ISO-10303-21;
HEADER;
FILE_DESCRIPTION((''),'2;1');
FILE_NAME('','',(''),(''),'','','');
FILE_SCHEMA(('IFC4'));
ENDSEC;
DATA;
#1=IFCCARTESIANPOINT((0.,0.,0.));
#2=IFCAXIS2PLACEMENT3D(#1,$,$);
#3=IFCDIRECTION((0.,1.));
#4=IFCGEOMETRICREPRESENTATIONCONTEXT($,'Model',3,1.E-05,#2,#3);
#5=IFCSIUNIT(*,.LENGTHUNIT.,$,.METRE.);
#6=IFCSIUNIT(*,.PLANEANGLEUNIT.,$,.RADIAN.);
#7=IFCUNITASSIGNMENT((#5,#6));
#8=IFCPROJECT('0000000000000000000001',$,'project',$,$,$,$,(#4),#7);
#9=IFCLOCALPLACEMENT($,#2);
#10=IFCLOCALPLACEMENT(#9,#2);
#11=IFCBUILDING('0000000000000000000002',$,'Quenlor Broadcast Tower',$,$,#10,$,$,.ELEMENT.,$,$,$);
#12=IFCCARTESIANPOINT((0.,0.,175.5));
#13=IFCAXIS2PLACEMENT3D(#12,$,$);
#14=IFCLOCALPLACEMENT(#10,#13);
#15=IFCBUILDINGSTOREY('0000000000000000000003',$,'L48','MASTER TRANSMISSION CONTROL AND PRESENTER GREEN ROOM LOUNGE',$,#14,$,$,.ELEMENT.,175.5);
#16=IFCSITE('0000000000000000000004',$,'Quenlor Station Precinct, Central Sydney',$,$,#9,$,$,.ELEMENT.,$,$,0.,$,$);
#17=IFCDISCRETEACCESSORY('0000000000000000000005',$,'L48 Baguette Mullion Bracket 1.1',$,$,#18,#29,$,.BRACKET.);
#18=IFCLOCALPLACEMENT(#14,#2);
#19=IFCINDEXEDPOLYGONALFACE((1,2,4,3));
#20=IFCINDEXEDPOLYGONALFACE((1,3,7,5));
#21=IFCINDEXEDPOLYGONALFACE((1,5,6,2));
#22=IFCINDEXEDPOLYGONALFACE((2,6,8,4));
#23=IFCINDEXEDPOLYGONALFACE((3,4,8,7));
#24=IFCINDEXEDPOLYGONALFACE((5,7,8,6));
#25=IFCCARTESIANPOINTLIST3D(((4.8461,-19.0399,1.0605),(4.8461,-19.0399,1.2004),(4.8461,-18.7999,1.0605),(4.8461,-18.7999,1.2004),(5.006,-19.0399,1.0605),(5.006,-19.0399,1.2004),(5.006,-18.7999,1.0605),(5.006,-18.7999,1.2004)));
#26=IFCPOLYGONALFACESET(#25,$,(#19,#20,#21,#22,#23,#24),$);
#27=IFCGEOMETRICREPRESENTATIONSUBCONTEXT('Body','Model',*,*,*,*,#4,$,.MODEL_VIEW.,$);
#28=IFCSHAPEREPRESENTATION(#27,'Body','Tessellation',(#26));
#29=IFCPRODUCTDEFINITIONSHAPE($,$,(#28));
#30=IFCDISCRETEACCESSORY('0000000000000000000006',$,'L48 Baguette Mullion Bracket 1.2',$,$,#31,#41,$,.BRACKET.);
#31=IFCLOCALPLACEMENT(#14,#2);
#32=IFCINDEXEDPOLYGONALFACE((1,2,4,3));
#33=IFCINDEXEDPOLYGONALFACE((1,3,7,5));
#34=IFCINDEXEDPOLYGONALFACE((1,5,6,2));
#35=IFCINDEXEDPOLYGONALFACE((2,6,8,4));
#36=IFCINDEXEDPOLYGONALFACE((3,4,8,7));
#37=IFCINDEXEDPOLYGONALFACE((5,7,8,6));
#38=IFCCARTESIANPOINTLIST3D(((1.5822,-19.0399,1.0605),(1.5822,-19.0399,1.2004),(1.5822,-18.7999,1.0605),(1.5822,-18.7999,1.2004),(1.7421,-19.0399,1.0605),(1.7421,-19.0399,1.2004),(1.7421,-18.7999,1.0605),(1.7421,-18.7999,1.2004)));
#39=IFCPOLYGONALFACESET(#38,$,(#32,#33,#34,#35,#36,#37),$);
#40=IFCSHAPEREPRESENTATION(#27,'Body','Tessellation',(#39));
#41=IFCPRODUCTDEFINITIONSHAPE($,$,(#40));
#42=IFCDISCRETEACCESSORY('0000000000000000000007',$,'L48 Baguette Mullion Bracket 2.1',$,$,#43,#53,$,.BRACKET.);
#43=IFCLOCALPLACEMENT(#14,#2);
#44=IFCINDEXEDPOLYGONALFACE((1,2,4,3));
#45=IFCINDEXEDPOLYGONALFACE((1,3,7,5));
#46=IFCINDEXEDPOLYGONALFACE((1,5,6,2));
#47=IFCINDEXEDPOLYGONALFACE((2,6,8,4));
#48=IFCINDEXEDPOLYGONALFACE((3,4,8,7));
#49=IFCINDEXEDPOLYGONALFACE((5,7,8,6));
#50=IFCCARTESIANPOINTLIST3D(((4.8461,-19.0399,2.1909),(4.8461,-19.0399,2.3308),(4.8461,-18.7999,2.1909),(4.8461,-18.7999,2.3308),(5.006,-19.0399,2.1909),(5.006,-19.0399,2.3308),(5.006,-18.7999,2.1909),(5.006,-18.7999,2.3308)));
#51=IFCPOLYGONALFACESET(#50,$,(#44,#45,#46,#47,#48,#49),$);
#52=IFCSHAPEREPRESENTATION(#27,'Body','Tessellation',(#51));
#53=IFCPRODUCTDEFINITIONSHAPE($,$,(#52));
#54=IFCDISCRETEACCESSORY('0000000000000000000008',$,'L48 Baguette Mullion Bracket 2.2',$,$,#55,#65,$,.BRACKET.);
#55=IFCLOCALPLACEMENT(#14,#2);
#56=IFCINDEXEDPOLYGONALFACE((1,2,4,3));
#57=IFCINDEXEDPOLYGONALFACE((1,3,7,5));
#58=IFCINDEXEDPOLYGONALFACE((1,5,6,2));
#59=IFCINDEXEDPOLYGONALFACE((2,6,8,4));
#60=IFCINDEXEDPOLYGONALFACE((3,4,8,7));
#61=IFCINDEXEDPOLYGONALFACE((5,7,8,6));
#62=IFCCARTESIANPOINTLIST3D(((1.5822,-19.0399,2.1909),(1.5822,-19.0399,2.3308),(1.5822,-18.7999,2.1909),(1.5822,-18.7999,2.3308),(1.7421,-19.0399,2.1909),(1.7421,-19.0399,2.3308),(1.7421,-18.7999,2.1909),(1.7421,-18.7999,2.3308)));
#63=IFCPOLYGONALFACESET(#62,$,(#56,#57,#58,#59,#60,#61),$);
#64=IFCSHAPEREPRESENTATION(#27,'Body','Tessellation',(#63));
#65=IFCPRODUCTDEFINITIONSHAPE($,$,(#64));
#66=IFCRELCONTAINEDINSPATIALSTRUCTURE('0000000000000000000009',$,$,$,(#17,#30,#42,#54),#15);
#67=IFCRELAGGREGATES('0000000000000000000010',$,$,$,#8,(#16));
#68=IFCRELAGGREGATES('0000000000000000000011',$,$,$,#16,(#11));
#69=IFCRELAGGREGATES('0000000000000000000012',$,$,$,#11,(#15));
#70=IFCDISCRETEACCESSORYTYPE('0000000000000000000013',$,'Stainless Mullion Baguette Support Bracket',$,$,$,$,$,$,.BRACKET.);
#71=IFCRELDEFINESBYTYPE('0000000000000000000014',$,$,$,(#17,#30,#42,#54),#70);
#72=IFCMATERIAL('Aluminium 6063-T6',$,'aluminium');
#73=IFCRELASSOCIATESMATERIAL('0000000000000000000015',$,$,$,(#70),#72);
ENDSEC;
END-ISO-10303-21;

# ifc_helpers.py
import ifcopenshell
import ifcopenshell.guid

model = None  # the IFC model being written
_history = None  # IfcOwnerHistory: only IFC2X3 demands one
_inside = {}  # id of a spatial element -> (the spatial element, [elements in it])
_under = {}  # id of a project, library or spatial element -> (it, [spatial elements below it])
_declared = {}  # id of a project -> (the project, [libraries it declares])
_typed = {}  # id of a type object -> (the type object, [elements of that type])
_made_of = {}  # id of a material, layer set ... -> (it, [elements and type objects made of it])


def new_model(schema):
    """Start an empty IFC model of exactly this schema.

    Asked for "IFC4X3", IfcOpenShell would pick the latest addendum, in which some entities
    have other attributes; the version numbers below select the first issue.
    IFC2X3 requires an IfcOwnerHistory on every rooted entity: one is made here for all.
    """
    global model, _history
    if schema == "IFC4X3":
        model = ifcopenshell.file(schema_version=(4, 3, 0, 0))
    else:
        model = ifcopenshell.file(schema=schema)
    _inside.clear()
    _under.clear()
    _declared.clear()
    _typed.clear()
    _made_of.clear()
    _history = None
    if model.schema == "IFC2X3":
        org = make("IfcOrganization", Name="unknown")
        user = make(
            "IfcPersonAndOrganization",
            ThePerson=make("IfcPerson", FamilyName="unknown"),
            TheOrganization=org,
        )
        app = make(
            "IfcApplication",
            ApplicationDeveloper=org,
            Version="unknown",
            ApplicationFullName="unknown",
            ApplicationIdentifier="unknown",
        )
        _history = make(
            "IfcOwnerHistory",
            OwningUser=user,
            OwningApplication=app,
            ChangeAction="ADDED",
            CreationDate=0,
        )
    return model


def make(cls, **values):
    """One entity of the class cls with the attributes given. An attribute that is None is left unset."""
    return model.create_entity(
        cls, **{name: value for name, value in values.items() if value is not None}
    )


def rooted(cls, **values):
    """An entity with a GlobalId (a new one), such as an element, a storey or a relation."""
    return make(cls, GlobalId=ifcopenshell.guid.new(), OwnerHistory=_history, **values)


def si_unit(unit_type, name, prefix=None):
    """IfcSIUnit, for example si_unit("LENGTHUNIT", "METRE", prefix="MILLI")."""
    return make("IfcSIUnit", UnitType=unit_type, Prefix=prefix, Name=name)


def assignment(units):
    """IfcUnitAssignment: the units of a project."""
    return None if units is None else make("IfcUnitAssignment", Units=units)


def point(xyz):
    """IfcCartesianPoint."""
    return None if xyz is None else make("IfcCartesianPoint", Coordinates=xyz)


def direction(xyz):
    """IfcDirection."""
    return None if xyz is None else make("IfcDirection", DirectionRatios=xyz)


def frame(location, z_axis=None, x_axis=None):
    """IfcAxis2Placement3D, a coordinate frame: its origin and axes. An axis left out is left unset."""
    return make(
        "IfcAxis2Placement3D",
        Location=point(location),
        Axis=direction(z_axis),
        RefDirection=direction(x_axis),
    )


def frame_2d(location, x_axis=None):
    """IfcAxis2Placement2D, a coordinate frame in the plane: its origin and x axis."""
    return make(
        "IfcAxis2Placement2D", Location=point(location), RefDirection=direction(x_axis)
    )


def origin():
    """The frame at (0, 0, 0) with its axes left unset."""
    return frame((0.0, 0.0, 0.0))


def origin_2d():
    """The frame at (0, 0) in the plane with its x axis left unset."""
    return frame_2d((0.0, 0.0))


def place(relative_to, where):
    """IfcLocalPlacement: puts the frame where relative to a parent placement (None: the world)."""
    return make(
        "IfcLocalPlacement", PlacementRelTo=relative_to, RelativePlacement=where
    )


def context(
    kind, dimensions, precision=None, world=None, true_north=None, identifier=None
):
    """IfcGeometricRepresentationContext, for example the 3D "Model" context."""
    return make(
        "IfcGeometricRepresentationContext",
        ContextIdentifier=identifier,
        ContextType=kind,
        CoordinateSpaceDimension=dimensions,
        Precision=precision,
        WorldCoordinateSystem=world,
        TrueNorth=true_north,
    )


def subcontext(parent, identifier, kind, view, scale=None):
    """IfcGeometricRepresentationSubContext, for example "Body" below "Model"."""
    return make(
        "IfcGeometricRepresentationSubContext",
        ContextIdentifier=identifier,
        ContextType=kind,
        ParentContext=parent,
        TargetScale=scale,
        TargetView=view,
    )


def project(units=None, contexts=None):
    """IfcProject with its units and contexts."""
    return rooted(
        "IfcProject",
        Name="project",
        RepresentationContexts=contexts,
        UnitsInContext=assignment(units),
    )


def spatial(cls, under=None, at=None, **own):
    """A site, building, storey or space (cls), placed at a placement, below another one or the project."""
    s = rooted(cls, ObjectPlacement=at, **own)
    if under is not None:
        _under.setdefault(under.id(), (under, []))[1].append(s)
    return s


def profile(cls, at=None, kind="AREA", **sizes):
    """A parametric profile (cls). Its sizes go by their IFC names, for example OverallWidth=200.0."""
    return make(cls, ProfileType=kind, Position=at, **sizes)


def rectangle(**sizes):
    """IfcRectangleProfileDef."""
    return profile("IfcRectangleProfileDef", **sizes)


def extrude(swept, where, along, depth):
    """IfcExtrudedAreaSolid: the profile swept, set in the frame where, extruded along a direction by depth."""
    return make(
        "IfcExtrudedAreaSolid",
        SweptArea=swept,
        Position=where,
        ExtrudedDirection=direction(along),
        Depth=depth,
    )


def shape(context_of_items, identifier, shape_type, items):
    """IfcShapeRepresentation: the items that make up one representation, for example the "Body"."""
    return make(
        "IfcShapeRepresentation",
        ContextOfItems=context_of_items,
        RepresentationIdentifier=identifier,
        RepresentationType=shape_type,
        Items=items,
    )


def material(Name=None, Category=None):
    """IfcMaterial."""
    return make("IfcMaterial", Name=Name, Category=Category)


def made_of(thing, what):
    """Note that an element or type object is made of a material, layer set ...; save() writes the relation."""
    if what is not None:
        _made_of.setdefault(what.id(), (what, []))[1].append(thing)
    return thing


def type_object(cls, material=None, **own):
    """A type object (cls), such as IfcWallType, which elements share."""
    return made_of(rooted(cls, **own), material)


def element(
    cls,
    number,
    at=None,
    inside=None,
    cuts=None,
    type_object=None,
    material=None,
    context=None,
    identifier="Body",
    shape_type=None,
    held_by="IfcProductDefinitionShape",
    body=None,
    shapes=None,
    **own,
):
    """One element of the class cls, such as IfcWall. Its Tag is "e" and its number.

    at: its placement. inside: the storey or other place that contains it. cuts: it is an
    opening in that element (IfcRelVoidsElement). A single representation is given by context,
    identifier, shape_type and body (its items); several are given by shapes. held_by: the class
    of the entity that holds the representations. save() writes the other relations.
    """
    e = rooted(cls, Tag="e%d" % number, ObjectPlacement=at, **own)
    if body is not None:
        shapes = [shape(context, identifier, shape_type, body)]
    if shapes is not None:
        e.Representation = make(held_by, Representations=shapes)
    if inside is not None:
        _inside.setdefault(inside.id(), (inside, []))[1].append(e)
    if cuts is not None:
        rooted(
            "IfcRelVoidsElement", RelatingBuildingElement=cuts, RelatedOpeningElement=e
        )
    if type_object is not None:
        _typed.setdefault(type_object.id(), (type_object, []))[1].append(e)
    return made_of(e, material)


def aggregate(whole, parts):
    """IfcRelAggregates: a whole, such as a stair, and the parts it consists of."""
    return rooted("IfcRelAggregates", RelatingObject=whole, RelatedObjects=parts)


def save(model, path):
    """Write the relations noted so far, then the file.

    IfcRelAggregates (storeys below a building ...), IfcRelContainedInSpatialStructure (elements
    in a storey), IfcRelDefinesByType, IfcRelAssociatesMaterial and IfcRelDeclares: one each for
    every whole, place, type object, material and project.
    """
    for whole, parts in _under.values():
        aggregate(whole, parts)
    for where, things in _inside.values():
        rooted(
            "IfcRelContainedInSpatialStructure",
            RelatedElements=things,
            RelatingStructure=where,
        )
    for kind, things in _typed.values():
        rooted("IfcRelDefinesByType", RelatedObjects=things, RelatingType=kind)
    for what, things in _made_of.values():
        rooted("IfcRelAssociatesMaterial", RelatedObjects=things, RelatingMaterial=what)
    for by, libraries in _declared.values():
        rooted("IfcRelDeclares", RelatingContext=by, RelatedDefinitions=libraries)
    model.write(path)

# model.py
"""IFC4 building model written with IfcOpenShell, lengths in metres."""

from ifc_helpers import new_model, si_unit, direction, frame, origin, origin_2d, place, context, subcontext, project, spatial, rectangle, extrude, material, type_object, element, save


model = new_model("IFC4")

# Units and contexts
model_context = context("Model", 3, precision=1e-05, world=origin(), true_north=direction((0.0, 1.0)))
body_context = subcontext(model_context, "Body", "Model", "MODEL_VIEW")
ifc_project = project(units=[si_unit("LENGTHUNIT", "METRE"), si_unit("PLANEANGLEUNIT", "RADIAN")], contexts=[model_context])

# Site, building, storey
site_placement = place(None, origin())
site = spatial("IfcSite", under=ifc_project, at=site_placement, Name="Quenlor Station Precinct, Central Sydney", CompositionType="ELEMENT", RefElevation=0.0)
building_placement = place(site_placement, origin())
building = spatial("IfcBuilding", under=site, at=building_placement, Name="Quenlor Broadcast Tower", CompositionType="ELEMENT")
storey_placement = place(building_placement, frame((0.0, 0.0, 175.5)))
storey = spatial("IfcBuildingStorey", under=building, at=storey_placement, Name="L48", Description="MASTER TRANSMISSION CONTROL AND PRESENTER GREEN ROOM LOUNGE", CompositionType="ELEMENT", Elevation=175.5)

# Discrete accessories
ifc_material_1 = material(Name="Aluminium 6063-T6", Category="aluminium")
discrete_accessory_type = type_object("IfcDiscreteAccessoryType", Name="Stainless Mullion Baguette Support Bracket", PredefinedType="BRACKET", material=ifc_material_1)
for number, where, z_axis, x_axis, name in (
    (1, (4.926, -18.9199, 1.0605), (0.0, 0.0, 1.0), (-1.0, 0.0, 0.0), "L48 Baguette Mullion Bracket 1.1"),
    (2, (1.6621, -18.9199, 1.0605), (0.0, 0.0, 1.0), (-1.0, 0.0, 0.0), "L48 Baguette Mullion Bracket 1.2"),
    (3, (4.926, -18.9199, 2.1909), (0.0, 0.0, 1.0), (-1.0, 0.0, 0.0), "L48 Baguette Mullion Bracket 2.1"),
    (4, (1.6621, -18.9199, 2.1909), (0.0, 0.0, 1.0), (-1.0, 0.0, 0.0), "L48 Baguette Mullion Bracket 2.2"),
):
    element("IfcDiscreteAccessory", number, at=place(storey_placement, frame(where, z_axis=z_axis, x_axis=x_axis)), inside=storey, type_object=discrete_accessory_type, Name=name, PredefinedType="BRACKET", context=body_context, shape_type="SweptSolid", body=[
        extrude(rectangle(XDim=0.1599, YDim=0.24, at=origin_2d()), origin(), (0.0, 0.0, 1.0), 0.1399),
    ])

save(model, "model.ifc")
